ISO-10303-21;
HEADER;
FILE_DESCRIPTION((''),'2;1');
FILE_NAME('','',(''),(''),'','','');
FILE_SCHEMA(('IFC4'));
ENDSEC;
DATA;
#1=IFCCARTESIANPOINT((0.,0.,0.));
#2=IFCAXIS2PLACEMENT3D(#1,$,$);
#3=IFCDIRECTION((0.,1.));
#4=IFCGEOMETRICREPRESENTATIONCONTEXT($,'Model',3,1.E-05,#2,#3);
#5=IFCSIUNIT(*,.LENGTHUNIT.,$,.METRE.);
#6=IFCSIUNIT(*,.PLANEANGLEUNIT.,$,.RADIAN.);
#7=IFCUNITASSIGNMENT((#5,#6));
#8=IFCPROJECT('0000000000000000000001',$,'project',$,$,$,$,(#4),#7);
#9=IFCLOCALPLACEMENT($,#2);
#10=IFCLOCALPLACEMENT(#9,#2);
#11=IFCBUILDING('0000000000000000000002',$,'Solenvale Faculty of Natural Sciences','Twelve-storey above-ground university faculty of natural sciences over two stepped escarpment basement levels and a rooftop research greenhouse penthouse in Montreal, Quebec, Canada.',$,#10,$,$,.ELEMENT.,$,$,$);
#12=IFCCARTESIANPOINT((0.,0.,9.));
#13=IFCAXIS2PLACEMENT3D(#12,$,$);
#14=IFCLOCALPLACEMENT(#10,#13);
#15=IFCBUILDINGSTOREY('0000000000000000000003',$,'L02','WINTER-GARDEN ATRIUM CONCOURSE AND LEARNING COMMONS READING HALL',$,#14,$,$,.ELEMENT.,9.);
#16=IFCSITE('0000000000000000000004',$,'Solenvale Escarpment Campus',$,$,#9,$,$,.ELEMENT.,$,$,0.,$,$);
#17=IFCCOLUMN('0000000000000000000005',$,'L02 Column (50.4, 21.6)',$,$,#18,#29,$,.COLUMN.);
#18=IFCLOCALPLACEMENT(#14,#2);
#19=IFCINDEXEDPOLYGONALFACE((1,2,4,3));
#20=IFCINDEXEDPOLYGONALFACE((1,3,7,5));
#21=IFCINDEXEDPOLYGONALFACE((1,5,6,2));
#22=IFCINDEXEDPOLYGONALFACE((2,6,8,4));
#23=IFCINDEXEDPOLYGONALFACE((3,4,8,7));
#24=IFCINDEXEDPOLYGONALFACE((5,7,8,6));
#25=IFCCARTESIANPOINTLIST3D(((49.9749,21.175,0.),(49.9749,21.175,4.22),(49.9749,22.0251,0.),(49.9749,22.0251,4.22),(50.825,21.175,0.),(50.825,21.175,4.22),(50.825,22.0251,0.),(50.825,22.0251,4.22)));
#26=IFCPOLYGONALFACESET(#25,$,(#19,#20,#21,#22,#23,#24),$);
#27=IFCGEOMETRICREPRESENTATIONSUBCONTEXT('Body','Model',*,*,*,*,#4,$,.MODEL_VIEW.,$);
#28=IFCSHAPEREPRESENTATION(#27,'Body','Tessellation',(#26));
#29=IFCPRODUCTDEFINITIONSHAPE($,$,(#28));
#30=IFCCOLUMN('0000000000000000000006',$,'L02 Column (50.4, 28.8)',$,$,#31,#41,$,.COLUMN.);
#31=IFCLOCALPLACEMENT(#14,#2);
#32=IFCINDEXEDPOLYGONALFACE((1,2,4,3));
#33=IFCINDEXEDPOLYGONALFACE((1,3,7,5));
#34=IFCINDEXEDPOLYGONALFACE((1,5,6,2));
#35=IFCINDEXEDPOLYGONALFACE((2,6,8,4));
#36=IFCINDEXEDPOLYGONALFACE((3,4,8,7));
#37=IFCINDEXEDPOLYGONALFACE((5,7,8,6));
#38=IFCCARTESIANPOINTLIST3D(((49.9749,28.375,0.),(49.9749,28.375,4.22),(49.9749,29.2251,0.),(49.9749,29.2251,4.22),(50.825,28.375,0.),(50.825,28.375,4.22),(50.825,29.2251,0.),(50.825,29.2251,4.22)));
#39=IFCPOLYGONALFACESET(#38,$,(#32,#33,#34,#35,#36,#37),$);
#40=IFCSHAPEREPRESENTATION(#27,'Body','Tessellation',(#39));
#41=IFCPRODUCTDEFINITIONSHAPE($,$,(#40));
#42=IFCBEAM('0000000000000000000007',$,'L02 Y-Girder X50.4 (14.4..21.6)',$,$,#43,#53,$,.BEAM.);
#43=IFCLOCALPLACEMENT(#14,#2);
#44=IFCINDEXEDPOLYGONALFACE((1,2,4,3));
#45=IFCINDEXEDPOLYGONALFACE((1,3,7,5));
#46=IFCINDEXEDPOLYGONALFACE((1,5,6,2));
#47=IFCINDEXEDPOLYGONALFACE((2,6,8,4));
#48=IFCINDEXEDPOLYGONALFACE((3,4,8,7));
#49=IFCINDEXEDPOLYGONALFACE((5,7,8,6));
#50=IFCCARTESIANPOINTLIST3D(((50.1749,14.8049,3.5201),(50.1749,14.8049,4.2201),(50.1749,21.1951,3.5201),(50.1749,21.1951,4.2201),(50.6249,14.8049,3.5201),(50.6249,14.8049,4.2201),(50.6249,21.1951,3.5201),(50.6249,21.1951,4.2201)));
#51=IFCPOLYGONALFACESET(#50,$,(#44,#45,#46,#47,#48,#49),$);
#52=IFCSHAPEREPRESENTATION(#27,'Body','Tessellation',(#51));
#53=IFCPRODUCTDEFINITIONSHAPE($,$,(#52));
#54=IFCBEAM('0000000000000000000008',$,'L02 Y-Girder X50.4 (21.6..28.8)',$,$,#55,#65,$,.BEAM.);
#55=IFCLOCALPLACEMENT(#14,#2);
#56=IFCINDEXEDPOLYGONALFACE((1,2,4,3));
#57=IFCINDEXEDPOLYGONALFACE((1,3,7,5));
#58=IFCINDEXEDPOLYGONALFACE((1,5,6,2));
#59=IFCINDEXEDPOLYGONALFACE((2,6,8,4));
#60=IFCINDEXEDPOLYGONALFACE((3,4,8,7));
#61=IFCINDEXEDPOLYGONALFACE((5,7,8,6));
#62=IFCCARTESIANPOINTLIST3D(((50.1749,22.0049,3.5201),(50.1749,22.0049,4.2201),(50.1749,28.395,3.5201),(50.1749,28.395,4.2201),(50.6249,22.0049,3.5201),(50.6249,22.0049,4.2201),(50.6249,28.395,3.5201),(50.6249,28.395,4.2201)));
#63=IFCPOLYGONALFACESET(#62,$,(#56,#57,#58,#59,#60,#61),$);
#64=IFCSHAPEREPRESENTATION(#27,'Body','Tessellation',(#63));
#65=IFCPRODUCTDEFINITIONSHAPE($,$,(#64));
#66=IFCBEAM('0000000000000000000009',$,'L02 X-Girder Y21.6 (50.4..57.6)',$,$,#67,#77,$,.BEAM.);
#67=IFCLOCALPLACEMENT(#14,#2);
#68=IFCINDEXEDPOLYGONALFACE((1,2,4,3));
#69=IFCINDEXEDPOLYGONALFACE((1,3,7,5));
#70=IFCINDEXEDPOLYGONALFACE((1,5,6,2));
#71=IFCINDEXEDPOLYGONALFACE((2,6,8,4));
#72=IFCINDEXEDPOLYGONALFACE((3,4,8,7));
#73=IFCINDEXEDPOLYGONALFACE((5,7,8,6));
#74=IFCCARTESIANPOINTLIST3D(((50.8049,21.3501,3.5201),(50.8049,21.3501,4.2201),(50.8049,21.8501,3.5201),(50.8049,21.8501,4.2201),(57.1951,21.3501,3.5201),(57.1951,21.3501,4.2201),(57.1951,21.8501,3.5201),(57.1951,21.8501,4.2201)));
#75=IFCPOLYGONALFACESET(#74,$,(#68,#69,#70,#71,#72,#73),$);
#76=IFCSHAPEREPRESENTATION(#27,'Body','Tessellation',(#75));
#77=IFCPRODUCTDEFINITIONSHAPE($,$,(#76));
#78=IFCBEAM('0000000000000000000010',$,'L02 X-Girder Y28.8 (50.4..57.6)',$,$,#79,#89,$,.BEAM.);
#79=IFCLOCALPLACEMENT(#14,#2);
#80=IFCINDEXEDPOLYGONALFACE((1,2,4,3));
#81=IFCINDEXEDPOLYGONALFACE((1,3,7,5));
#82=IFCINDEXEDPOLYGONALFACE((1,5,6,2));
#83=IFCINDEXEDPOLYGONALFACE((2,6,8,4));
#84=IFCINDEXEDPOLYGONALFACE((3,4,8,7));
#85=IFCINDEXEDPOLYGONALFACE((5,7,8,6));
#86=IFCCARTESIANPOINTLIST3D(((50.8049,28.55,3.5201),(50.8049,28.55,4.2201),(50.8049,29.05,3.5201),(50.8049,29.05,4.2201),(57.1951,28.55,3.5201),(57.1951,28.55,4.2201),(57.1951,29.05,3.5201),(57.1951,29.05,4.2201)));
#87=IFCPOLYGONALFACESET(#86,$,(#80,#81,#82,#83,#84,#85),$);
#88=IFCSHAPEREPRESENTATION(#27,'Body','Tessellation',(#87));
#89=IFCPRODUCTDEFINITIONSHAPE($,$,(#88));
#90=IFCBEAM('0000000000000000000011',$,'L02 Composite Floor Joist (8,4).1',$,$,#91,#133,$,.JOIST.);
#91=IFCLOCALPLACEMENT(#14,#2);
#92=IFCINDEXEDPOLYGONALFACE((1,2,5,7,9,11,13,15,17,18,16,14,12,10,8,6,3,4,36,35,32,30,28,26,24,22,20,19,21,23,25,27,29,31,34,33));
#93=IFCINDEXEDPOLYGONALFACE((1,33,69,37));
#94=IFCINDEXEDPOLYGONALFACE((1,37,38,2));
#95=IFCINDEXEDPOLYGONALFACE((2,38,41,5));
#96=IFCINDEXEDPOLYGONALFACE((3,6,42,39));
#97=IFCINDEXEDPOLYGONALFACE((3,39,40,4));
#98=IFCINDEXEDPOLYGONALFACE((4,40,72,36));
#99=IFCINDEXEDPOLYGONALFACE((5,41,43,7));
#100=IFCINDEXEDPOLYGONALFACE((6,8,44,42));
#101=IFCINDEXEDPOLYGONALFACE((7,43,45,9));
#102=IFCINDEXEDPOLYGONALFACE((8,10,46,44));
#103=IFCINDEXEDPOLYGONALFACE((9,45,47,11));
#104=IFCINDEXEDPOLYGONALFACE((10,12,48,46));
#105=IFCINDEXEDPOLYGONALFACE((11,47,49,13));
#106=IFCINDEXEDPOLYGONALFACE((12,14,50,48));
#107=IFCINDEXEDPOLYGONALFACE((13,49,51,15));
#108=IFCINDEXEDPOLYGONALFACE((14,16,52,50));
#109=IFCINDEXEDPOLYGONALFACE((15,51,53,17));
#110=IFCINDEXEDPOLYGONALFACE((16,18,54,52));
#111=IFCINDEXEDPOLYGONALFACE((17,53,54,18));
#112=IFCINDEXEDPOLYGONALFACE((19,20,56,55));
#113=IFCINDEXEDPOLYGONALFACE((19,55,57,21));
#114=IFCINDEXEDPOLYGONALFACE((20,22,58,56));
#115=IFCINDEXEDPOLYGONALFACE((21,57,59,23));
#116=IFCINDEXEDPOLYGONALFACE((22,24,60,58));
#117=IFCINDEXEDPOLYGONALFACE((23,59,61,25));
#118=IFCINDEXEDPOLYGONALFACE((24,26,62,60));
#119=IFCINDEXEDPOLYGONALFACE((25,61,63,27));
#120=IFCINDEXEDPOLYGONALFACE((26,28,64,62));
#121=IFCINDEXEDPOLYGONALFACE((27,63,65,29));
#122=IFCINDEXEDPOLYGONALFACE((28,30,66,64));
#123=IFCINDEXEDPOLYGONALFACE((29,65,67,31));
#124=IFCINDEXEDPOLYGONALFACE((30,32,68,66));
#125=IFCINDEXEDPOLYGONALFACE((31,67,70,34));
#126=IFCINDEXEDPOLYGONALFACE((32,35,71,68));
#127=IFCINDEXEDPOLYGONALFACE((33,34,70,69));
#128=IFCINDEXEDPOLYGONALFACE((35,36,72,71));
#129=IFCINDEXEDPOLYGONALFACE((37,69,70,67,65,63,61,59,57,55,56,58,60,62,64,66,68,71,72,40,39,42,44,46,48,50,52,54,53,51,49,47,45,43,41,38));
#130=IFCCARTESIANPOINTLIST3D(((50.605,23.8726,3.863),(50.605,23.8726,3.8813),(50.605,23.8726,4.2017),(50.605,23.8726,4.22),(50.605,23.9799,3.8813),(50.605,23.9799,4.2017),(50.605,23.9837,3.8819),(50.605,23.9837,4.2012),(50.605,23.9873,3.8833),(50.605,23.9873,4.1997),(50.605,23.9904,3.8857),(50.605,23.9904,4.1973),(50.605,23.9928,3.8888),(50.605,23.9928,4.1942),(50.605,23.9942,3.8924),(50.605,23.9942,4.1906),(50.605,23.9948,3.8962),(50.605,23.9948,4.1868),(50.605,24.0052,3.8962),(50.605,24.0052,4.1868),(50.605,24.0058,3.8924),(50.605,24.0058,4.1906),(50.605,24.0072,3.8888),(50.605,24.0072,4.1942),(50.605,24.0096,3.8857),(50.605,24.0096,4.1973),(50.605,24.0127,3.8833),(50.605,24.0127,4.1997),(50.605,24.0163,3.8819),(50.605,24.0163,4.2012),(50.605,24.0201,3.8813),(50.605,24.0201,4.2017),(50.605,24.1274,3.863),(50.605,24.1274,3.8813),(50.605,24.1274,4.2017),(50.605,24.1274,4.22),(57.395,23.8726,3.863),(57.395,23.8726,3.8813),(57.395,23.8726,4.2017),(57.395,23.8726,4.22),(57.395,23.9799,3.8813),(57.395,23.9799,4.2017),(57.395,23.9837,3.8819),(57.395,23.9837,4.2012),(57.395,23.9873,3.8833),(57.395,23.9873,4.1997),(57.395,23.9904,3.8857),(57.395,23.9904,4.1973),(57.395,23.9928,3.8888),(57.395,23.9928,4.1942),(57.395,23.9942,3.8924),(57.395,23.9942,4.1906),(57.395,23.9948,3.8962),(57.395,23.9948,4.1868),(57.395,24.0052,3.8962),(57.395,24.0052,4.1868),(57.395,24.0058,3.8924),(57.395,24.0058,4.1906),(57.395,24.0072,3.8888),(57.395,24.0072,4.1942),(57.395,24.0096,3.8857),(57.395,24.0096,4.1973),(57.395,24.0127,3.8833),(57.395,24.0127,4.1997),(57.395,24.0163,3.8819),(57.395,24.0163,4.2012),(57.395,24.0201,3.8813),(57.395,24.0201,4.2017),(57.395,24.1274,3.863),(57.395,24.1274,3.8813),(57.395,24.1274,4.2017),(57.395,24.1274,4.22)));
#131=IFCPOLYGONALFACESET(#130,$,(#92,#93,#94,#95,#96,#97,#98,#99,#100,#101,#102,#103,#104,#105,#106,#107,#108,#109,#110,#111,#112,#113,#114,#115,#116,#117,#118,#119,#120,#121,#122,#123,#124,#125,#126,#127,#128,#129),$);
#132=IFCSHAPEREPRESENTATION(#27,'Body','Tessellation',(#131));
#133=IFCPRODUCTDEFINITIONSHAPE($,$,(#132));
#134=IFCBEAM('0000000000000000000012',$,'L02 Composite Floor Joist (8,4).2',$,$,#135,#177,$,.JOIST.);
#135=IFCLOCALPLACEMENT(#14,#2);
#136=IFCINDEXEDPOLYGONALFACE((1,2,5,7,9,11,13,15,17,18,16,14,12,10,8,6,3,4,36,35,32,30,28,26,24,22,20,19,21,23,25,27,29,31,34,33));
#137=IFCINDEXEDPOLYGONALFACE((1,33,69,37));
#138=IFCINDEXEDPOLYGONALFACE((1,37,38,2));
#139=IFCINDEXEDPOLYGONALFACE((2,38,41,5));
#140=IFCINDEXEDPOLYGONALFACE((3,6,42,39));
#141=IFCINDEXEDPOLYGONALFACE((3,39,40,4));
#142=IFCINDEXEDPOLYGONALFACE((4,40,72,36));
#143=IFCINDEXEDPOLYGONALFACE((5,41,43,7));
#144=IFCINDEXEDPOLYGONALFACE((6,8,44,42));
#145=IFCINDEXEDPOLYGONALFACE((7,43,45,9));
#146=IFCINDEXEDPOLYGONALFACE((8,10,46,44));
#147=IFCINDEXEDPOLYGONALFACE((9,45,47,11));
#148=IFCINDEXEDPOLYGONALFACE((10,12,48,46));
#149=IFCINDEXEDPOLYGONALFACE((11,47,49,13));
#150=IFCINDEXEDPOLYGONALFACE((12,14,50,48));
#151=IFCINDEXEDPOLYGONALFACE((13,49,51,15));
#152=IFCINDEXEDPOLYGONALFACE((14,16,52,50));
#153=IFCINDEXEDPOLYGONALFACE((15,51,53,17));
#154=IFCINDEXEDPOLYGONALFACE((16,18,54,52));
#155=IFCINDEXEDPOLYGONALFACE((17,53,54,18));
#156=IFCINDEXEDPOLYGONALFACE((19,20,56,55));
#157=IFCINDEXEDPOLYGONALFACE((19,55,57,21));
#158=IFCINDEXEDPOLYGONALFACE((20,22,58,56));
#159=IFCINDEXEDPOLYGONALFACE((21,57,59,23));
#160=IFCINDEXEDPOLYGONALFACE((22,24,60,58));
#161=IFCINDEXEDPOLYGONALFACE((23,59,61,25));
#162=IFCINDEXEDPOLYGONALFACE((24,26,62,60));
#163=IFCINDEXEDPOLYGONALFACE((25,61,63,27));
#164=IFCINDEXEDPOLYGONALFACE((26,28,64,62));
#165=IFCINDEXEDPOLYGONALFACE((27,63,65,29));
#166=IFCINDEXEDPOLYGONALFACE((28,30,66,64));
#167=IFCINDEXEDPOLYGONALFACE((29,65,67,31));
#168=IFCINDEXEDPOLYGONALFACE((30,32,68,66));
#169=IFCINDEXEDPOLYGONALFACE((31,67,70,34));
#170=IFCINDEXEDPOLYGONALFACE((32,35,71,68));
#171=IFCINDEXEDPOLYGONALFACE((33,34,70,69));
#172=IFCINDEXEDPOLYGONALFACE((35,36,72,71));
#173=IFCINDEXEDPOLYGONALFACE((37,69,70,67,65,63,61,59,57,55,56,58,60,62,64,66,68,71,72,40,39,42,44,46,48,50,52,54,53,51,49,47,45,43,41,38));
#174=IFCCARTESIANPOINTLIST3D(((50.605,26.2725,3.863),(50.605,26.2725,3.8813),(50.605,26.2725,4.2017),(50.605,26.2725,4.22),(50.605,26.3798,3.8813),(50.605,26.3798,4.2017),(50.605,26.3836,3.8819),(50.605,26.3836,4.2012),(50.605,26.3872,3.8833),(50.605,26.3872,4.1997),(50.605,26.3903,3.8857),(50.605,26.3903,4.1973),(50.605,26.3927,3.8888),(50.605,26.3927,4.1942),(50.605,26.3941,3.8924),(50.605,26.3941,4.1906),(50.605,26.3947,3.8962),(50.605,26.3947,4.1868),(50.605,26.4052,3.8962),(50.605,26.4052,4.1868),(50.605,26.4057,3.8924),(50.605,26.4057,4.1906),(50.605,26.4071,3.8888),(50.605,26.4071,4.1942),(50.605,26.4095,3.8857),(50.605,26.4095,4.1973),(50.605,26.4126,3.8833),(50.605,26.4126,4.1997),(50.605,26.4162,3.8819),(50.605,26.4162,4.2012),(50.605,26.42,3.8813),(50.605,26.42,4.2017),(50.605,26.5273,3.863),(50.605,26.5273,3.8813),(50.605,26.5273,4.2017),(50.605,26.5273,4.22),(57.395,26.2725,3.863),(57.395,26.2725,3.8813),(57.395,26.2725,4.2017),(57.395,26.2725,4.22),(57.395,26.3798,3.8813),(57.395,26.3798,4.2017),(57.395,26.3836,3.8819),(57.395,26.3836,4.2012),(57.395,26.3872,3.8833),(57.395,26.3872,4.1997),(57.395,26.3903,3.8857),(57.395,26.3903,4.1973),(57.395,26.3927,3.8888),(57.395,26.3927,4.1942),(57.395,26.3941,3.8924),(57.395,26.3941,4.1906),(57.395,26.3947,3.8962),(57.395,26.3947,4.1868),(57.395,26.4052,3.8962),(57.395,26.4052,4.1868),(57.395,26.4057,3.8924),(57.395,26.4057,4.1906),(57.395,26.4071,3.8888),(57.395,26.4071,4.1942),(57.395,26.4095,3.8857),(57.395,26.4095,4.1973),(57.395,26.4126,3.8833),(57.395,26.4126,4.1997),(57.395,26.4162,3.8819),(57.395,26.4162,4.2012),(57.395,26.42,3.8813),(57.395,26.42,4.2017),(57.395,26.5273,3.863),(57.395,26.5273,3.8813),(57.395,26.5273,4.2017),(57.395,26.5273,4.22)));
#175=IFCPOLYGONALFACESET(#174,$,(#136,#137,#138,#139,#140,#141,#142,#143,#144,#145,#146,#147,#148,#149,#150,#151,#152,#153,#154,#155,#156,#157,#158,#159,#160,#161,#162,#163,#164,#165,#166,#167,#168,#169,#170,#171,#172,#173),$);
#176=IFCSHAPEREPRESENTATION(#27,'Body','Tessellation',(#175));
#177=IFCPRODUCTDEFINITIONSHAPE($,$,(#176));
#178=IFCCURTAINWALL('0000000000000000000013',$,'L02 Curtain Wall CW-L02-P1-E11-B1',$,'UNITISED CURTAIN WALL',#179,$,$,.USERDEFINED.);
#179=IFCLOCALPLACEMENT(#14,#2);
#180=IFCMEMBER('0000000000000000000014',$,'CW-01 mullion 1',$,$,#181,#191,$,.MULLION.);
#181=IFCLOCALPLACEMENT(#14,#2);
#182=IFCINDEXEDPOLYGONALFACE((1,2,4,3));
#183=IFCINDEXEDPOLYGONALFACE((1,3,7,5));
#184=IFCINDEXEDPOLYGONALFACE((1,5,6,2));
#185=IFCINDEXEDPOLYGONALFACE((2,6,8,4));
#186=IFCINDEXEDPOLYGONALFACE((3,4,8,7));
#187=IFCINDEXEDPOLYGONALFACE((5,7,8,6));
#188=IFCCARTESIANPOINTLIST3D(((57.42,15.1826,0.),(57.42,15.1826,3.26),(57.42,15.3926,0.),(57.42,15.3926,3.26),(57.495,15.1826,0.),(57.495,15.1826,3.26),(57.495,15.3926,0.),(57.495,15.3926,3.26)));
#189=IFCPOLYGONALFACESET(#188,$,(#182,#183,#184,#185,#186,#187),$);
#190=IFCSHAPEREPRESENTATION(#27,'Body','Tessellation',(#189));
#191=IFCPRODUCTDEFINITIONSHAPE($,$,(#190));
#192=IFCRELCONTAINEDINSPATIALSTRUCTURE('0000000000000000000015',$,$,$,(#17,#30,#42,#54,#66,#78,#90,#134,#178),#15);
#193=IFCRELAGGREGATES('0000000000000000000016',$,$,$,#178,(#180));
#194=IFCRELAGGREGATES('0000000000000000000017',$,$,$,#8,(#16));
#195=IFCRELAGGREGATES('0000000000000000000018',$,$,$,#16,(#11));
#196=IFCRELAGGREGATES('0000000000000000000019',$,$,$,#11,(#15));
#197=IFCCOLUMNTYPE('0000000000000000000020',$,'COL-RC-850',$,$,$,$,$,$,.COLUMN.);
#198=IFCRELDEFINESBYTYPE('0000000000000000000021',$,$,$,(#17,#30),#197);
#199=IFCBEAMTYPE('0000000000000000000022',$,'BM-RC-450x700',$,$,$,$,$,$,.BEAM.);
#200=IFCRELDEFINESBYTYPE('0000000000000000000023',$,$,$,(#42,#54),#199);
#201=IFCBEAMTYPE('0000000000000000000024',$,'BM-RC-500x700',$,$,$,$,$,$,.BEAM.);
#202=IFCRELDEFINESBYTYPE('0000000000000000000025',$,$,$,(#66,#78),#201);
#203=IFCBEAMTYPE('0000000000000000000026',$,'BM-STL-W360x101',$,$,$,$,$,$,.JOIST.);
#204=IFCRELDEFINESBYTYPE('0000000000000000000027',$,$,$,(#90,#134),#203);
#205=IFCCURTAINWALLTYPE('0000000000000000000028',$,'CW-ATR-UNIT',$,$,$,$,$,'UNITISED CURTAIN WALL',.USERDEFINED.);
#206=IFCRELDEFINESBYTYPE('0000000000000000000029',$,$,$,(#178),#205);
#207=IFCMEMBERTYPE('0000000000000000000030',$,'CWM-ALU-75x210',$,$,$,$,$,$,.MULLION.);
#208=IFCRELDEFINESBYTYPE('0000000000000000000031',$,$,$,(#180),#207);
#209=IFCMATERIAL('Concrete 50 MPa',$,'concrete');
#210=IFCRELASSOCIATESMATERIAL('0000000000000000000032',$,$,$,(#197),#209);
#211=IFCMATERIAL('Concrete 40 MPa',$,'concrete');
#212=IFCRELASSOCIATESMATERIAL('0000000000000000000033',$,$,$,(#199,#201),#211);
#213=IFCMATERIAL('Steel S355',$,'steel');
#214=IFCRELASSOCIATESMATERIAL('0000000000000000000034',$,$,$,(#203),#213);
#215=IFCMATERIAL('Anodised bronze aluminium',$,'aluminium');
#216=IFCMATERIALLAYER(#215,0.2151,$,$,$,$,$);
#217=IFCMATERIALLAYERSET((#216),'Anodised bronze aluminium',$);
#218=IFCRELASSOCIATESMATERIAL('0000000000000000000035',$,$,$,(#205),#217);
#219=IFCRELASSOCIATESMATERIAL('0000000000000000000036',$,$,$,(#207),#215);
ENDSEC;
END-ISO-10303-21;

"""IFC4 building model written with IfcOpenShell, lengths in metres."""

from ifc_helpers import new_model, si_unit, direction, frame, origin, origin_2d, place, context, subcontext, project, spatial, rectangle, i_section, extrude, material, layer, layer_set, material_profile, profile_set, type_object, element, aggregate, save


model = new_model("IFC4")

# Units and contexts
model_context = context("Model", 3, precision=1e-05, world=origin(), true_north=direction((0.0, 1.0)))
body_context = subcontext(model_context, "Body", "Model", "MODEL_VIEW")
ifc_project = project(units=[si_unit("LENGTHUNIT", "METRE"), si_unit("PLANEANGLEUNIT", "RADIAN")], contexts=[model_context])

# Site, building, storey
site_placement = place(None, origin())
site = spatial("IfcSite", under=ifc_project, at=site_placement, Name="Solenvale Escarpment Campus", CompositionType="ELEMENT", RefElevation=0.0)
building_placement = place(site_placement, origin())
building = spatial("IfcBuilding", under=site, at=building_placement, Name="Solenvale Faculty of Natural Sciences", Description="Twelve-storey above-ground university faculty of natural sciences over two stepped escarpment basement levels and a rooftop research greenhouse penthouse in Montreal, Quebec, Canada.", CompositionType="ELEMENT")
storey_placement = place(building_placement, frame((0.0, 0.0, 9.0)))
storey = spatial("IfcBuildingStorey", under=building, at=storey_placement, Name="L02", Description="WINTER-GARDEN ATRIUM CONCOURSE AND LEARNING COMMONS READING HALL", CompositionType="ELEMENT", Elevation=9.0)

# Columns
ifc_material_1 = material(Name="Concrete 50 MPa", Category="concrete")
ifc_material_profile_1 = material_profile(ifc_material_1, rectangle(XDim=0.8501, YDim=0.8501, at=origin_2d()), Name="RC-COL-850x850")
ifc_profile_set_1 = profile_set([ifc_material_profile_1], Name="Concrete 50 MPa")
column_type = type_object("IfcColumnType", Name="COL-RC-850", PredefinedType="COLUMN", material=ifc_profile_set_1)
for number, where, z_axis, x_axis, name in (
    (1, (50.3999, 21.6001, 0.0), (0.0, 0.0, 1.0), (1.0, 0.0, 0.0), "L02 Column (50.4, 21.6)"),
    (2, (50.3999, 28.8, 0.0), (0.0, 0.0, 1.0), (1.0, 0.0, 0.0), "L02 Column (50.4, 28.8)"),
):
    element("IfcColumn", number, at=place(storey_placement, frame(where, z_axis=z_axis, x_axis=x_axis)), inside=storey, type_object=column_type, Name=name, PredefinedType="COLUMN", context=body_context, shape_type="SweptSolid", body=[
        extrude(rectangle(XDim=0.8501, YDim=0.8501, at=origin_2d()), origin(), (0.0, 0.0, 1.0), 4.22),
    ])

# Beams
ifc_material_2 = material(Name="Concrete 40 MPa", Category="concrete")
ifc_material_profile_2 = material_profile(ifc_material_2, rectangle(XDim=0.45, YDim=0.7, at=origin_2d()), Name="RC-BM-450x700")
ifc_profile_set_2 = profile_set([ifc_material_profile_2], Name="Concrete 40 MPa")
beam_type_1 = type_object("IfcBeamType", Name="BM-RC-450x700", PredefinedType="BEAM", material=ifc_profile_set_2)
for number, where, z_axis, x_axis, name in (
    (3, (50.3999, 14.8049, 3.8701), (0.0, 1.0, 0.0), (-1.0, 0.0, 0.0), "L02 Y-Girder X50.4 (14.4..21.6)"),
    (4, (50.3999, 22.0049, 3.8701), (0.0, 1.0, 0.0), (-1.0, 0.0, 0.0), "L02 Y-Girder X50.4 (21.6..28.8)"),
):
    element("IfcBeam", number, at=place(storey_placement, frame(where, z_axis=z_axis, x_axis=x_axis)), inside=storey, type_object=beam_type_1, Name=name, PredefinedType="BEAM", context=body_context, shape_type="SweptSolid", body=[
        extrude(rectangle(XDim=0.45, YDim=0.7, at=origin_2d()), origin(), (0.0, 0.0, 1.0), 6.3901),
    ])
ifc_material_profile_3 = material_profile(ifc_material_2, rectangle(XDim=0.5, YDim=0.7, at=origin_2d()), Name="RC-BM-500x700")
ifc_profile_set_3 = profile_set([ifc_material_profile_3], Name="Concrete 40 MPa")
beam_type_2 = type_object("IfcBeamType", Name="BM-RC-500x700", PredefinedType="BEAM", material=ifc_profile_set_3)
for number, where, z_axis, x_axis, name in (
    (5, (50.8049, 21.6001, 3.8701), (1.0, 0.0, 0.0), (0.0, 1.0, 0.0), "L02 X-Girder Y21.6 (50.4..57.6)"),
    (6, (50.8049, 28.8, 3.8701), (1.0, 0.0, 0.0), (0.0, 1.0, 0.0), "L02 X-Girder Y28.8 (50.4..57.6)"),
):
    element("IfcBeam", number, at=place(storey_placement, frame(where, z_axis=z_axis, x_axis=x_axis)), inside=storey, type_object=beam_type_2, Name=name, PredefinedType="BEAM", context=body_context, shape_type="SweptSolid", body=[
        extrude(rectangle(XDim=0.5, YDim=0.7, at=origin_2d()), origin(), (0.0, 0.0, 1.0), 6.3901),
    ])
ifc_material_3 = material(Name="Steel S355", Category="steel")
ifc_material_profile_4 = material_profile(ifc_material_3, i_section(OverallWidth=0.2549, OverallDepth=0.3569, WebThickness=0.0105, FlangeThickness=0.0183, FilletRadius=0.0149, at=origin_2d()), Name="W360x101")
ifc_profile_set_4 = profile_set([ifc_material_profile_4], Name="Steel S355")
beam_type_3 = type_object("IfcBeamType", Name="BM-STL-W360x101", PredefinedType="JOIST", material=ifc_profile_set_4)
for number, where, z_axis, x_axis, name in (
    (7, (50.605, 24.0, 4.0415), (1.0, 0.0, 0.0), (0.0, 1.0, 0.0), "L02 Composite Floor Joist (8,4).1"),
    (8, (50.605, 26.3999, 4.0415), (1.0, 0.0, 0.0), (0.0, 1.0, 0.0), "L02 Composite Floor Joist (8,4).2"),
):
    element("IfcBeam", number, at=place(storey_placement, frame(where, z_axis=z_axis, x_axis=x_axis)), inside=storey, type_object=beam_type_3, Name=name, PredefinedType="JOIST", context=body_context, shape_type="SweptSolid", body=[
        extrude(i_section(OverallWidth=0.2549, OverallDepth=0.3569, WebThickness=0.0105, FlangeThickness=0.0183, FilletRadius=0.0149, at=origin_2d()), origin(), (0.0, 0.0, 1.0), 6.79),
    ])

# Curtain wall, member
ifc_material_4 = material(Name="Anodised bronze aluminium", Category="aluminium")
ifc_layer_1 = layer(ifc_material_4, 0.2151)
ifc_layer_set_1 = layer_set([ifc_layer_1], Name="Anodised bronze aluminium")
curtain_wall_type = type_object("IfcCurtainWallType", Name="CW-ATR-UNIT", ElementType="UNITISED CURTAIN WALL", PredefinedType="USERDEFINED", material=ifc_layer_set_1)
curtain_wall_placement = place(storey_placement, origin())
curtain_wall = element("IfcCurtainWall", 9, at=curtain_wall_placement, inside=storey, type_object=curtain_wall_type, Name="L02 Curtain Wall CW-L02-P1-E11-B1", ObjectType="UNITISED CURTAIN WALL", PredefinedType="USERDEFINED")
ifc_material_profile_5 = material_profile(ifc_material_4, rectangle(XDim=0.075, YDim=0.21, at=origin_2d()), Name="ALU-MUL-75x210")
ifc_profile_set_5 = profile_set([ifc_material_profile_5], Name="Anodised bronze aluminium")
member_type_1 = type_object("IfcMemberType", Name="CWM-ALU-75x210", PredefinedType="MULLION", material=ifc_profile_set_5)
member_1_placement = place(storey_placement, frame((57.4575, 15.2876, 0.0), z_axis=(0.0, 0.0, 1.0), x_axis=(-1.0, 0.0, 0.0)))
member_1 = element("IfcMember", 10, at=member_1_placement, type_object=member_type_1, Name="CW-01 mullion 1", PredefinedType="MULLION", context=body_context, shape_type="SweptSolid", body=[
    extrude(rectangle(XDim=0.075, YDim=0.21, at=origin_2d()), origin(), (0.0, 0.0, 1.0), 3.26),
])
aggregate(curtain_wall, [member_1])

save(model, "model.ifc")
